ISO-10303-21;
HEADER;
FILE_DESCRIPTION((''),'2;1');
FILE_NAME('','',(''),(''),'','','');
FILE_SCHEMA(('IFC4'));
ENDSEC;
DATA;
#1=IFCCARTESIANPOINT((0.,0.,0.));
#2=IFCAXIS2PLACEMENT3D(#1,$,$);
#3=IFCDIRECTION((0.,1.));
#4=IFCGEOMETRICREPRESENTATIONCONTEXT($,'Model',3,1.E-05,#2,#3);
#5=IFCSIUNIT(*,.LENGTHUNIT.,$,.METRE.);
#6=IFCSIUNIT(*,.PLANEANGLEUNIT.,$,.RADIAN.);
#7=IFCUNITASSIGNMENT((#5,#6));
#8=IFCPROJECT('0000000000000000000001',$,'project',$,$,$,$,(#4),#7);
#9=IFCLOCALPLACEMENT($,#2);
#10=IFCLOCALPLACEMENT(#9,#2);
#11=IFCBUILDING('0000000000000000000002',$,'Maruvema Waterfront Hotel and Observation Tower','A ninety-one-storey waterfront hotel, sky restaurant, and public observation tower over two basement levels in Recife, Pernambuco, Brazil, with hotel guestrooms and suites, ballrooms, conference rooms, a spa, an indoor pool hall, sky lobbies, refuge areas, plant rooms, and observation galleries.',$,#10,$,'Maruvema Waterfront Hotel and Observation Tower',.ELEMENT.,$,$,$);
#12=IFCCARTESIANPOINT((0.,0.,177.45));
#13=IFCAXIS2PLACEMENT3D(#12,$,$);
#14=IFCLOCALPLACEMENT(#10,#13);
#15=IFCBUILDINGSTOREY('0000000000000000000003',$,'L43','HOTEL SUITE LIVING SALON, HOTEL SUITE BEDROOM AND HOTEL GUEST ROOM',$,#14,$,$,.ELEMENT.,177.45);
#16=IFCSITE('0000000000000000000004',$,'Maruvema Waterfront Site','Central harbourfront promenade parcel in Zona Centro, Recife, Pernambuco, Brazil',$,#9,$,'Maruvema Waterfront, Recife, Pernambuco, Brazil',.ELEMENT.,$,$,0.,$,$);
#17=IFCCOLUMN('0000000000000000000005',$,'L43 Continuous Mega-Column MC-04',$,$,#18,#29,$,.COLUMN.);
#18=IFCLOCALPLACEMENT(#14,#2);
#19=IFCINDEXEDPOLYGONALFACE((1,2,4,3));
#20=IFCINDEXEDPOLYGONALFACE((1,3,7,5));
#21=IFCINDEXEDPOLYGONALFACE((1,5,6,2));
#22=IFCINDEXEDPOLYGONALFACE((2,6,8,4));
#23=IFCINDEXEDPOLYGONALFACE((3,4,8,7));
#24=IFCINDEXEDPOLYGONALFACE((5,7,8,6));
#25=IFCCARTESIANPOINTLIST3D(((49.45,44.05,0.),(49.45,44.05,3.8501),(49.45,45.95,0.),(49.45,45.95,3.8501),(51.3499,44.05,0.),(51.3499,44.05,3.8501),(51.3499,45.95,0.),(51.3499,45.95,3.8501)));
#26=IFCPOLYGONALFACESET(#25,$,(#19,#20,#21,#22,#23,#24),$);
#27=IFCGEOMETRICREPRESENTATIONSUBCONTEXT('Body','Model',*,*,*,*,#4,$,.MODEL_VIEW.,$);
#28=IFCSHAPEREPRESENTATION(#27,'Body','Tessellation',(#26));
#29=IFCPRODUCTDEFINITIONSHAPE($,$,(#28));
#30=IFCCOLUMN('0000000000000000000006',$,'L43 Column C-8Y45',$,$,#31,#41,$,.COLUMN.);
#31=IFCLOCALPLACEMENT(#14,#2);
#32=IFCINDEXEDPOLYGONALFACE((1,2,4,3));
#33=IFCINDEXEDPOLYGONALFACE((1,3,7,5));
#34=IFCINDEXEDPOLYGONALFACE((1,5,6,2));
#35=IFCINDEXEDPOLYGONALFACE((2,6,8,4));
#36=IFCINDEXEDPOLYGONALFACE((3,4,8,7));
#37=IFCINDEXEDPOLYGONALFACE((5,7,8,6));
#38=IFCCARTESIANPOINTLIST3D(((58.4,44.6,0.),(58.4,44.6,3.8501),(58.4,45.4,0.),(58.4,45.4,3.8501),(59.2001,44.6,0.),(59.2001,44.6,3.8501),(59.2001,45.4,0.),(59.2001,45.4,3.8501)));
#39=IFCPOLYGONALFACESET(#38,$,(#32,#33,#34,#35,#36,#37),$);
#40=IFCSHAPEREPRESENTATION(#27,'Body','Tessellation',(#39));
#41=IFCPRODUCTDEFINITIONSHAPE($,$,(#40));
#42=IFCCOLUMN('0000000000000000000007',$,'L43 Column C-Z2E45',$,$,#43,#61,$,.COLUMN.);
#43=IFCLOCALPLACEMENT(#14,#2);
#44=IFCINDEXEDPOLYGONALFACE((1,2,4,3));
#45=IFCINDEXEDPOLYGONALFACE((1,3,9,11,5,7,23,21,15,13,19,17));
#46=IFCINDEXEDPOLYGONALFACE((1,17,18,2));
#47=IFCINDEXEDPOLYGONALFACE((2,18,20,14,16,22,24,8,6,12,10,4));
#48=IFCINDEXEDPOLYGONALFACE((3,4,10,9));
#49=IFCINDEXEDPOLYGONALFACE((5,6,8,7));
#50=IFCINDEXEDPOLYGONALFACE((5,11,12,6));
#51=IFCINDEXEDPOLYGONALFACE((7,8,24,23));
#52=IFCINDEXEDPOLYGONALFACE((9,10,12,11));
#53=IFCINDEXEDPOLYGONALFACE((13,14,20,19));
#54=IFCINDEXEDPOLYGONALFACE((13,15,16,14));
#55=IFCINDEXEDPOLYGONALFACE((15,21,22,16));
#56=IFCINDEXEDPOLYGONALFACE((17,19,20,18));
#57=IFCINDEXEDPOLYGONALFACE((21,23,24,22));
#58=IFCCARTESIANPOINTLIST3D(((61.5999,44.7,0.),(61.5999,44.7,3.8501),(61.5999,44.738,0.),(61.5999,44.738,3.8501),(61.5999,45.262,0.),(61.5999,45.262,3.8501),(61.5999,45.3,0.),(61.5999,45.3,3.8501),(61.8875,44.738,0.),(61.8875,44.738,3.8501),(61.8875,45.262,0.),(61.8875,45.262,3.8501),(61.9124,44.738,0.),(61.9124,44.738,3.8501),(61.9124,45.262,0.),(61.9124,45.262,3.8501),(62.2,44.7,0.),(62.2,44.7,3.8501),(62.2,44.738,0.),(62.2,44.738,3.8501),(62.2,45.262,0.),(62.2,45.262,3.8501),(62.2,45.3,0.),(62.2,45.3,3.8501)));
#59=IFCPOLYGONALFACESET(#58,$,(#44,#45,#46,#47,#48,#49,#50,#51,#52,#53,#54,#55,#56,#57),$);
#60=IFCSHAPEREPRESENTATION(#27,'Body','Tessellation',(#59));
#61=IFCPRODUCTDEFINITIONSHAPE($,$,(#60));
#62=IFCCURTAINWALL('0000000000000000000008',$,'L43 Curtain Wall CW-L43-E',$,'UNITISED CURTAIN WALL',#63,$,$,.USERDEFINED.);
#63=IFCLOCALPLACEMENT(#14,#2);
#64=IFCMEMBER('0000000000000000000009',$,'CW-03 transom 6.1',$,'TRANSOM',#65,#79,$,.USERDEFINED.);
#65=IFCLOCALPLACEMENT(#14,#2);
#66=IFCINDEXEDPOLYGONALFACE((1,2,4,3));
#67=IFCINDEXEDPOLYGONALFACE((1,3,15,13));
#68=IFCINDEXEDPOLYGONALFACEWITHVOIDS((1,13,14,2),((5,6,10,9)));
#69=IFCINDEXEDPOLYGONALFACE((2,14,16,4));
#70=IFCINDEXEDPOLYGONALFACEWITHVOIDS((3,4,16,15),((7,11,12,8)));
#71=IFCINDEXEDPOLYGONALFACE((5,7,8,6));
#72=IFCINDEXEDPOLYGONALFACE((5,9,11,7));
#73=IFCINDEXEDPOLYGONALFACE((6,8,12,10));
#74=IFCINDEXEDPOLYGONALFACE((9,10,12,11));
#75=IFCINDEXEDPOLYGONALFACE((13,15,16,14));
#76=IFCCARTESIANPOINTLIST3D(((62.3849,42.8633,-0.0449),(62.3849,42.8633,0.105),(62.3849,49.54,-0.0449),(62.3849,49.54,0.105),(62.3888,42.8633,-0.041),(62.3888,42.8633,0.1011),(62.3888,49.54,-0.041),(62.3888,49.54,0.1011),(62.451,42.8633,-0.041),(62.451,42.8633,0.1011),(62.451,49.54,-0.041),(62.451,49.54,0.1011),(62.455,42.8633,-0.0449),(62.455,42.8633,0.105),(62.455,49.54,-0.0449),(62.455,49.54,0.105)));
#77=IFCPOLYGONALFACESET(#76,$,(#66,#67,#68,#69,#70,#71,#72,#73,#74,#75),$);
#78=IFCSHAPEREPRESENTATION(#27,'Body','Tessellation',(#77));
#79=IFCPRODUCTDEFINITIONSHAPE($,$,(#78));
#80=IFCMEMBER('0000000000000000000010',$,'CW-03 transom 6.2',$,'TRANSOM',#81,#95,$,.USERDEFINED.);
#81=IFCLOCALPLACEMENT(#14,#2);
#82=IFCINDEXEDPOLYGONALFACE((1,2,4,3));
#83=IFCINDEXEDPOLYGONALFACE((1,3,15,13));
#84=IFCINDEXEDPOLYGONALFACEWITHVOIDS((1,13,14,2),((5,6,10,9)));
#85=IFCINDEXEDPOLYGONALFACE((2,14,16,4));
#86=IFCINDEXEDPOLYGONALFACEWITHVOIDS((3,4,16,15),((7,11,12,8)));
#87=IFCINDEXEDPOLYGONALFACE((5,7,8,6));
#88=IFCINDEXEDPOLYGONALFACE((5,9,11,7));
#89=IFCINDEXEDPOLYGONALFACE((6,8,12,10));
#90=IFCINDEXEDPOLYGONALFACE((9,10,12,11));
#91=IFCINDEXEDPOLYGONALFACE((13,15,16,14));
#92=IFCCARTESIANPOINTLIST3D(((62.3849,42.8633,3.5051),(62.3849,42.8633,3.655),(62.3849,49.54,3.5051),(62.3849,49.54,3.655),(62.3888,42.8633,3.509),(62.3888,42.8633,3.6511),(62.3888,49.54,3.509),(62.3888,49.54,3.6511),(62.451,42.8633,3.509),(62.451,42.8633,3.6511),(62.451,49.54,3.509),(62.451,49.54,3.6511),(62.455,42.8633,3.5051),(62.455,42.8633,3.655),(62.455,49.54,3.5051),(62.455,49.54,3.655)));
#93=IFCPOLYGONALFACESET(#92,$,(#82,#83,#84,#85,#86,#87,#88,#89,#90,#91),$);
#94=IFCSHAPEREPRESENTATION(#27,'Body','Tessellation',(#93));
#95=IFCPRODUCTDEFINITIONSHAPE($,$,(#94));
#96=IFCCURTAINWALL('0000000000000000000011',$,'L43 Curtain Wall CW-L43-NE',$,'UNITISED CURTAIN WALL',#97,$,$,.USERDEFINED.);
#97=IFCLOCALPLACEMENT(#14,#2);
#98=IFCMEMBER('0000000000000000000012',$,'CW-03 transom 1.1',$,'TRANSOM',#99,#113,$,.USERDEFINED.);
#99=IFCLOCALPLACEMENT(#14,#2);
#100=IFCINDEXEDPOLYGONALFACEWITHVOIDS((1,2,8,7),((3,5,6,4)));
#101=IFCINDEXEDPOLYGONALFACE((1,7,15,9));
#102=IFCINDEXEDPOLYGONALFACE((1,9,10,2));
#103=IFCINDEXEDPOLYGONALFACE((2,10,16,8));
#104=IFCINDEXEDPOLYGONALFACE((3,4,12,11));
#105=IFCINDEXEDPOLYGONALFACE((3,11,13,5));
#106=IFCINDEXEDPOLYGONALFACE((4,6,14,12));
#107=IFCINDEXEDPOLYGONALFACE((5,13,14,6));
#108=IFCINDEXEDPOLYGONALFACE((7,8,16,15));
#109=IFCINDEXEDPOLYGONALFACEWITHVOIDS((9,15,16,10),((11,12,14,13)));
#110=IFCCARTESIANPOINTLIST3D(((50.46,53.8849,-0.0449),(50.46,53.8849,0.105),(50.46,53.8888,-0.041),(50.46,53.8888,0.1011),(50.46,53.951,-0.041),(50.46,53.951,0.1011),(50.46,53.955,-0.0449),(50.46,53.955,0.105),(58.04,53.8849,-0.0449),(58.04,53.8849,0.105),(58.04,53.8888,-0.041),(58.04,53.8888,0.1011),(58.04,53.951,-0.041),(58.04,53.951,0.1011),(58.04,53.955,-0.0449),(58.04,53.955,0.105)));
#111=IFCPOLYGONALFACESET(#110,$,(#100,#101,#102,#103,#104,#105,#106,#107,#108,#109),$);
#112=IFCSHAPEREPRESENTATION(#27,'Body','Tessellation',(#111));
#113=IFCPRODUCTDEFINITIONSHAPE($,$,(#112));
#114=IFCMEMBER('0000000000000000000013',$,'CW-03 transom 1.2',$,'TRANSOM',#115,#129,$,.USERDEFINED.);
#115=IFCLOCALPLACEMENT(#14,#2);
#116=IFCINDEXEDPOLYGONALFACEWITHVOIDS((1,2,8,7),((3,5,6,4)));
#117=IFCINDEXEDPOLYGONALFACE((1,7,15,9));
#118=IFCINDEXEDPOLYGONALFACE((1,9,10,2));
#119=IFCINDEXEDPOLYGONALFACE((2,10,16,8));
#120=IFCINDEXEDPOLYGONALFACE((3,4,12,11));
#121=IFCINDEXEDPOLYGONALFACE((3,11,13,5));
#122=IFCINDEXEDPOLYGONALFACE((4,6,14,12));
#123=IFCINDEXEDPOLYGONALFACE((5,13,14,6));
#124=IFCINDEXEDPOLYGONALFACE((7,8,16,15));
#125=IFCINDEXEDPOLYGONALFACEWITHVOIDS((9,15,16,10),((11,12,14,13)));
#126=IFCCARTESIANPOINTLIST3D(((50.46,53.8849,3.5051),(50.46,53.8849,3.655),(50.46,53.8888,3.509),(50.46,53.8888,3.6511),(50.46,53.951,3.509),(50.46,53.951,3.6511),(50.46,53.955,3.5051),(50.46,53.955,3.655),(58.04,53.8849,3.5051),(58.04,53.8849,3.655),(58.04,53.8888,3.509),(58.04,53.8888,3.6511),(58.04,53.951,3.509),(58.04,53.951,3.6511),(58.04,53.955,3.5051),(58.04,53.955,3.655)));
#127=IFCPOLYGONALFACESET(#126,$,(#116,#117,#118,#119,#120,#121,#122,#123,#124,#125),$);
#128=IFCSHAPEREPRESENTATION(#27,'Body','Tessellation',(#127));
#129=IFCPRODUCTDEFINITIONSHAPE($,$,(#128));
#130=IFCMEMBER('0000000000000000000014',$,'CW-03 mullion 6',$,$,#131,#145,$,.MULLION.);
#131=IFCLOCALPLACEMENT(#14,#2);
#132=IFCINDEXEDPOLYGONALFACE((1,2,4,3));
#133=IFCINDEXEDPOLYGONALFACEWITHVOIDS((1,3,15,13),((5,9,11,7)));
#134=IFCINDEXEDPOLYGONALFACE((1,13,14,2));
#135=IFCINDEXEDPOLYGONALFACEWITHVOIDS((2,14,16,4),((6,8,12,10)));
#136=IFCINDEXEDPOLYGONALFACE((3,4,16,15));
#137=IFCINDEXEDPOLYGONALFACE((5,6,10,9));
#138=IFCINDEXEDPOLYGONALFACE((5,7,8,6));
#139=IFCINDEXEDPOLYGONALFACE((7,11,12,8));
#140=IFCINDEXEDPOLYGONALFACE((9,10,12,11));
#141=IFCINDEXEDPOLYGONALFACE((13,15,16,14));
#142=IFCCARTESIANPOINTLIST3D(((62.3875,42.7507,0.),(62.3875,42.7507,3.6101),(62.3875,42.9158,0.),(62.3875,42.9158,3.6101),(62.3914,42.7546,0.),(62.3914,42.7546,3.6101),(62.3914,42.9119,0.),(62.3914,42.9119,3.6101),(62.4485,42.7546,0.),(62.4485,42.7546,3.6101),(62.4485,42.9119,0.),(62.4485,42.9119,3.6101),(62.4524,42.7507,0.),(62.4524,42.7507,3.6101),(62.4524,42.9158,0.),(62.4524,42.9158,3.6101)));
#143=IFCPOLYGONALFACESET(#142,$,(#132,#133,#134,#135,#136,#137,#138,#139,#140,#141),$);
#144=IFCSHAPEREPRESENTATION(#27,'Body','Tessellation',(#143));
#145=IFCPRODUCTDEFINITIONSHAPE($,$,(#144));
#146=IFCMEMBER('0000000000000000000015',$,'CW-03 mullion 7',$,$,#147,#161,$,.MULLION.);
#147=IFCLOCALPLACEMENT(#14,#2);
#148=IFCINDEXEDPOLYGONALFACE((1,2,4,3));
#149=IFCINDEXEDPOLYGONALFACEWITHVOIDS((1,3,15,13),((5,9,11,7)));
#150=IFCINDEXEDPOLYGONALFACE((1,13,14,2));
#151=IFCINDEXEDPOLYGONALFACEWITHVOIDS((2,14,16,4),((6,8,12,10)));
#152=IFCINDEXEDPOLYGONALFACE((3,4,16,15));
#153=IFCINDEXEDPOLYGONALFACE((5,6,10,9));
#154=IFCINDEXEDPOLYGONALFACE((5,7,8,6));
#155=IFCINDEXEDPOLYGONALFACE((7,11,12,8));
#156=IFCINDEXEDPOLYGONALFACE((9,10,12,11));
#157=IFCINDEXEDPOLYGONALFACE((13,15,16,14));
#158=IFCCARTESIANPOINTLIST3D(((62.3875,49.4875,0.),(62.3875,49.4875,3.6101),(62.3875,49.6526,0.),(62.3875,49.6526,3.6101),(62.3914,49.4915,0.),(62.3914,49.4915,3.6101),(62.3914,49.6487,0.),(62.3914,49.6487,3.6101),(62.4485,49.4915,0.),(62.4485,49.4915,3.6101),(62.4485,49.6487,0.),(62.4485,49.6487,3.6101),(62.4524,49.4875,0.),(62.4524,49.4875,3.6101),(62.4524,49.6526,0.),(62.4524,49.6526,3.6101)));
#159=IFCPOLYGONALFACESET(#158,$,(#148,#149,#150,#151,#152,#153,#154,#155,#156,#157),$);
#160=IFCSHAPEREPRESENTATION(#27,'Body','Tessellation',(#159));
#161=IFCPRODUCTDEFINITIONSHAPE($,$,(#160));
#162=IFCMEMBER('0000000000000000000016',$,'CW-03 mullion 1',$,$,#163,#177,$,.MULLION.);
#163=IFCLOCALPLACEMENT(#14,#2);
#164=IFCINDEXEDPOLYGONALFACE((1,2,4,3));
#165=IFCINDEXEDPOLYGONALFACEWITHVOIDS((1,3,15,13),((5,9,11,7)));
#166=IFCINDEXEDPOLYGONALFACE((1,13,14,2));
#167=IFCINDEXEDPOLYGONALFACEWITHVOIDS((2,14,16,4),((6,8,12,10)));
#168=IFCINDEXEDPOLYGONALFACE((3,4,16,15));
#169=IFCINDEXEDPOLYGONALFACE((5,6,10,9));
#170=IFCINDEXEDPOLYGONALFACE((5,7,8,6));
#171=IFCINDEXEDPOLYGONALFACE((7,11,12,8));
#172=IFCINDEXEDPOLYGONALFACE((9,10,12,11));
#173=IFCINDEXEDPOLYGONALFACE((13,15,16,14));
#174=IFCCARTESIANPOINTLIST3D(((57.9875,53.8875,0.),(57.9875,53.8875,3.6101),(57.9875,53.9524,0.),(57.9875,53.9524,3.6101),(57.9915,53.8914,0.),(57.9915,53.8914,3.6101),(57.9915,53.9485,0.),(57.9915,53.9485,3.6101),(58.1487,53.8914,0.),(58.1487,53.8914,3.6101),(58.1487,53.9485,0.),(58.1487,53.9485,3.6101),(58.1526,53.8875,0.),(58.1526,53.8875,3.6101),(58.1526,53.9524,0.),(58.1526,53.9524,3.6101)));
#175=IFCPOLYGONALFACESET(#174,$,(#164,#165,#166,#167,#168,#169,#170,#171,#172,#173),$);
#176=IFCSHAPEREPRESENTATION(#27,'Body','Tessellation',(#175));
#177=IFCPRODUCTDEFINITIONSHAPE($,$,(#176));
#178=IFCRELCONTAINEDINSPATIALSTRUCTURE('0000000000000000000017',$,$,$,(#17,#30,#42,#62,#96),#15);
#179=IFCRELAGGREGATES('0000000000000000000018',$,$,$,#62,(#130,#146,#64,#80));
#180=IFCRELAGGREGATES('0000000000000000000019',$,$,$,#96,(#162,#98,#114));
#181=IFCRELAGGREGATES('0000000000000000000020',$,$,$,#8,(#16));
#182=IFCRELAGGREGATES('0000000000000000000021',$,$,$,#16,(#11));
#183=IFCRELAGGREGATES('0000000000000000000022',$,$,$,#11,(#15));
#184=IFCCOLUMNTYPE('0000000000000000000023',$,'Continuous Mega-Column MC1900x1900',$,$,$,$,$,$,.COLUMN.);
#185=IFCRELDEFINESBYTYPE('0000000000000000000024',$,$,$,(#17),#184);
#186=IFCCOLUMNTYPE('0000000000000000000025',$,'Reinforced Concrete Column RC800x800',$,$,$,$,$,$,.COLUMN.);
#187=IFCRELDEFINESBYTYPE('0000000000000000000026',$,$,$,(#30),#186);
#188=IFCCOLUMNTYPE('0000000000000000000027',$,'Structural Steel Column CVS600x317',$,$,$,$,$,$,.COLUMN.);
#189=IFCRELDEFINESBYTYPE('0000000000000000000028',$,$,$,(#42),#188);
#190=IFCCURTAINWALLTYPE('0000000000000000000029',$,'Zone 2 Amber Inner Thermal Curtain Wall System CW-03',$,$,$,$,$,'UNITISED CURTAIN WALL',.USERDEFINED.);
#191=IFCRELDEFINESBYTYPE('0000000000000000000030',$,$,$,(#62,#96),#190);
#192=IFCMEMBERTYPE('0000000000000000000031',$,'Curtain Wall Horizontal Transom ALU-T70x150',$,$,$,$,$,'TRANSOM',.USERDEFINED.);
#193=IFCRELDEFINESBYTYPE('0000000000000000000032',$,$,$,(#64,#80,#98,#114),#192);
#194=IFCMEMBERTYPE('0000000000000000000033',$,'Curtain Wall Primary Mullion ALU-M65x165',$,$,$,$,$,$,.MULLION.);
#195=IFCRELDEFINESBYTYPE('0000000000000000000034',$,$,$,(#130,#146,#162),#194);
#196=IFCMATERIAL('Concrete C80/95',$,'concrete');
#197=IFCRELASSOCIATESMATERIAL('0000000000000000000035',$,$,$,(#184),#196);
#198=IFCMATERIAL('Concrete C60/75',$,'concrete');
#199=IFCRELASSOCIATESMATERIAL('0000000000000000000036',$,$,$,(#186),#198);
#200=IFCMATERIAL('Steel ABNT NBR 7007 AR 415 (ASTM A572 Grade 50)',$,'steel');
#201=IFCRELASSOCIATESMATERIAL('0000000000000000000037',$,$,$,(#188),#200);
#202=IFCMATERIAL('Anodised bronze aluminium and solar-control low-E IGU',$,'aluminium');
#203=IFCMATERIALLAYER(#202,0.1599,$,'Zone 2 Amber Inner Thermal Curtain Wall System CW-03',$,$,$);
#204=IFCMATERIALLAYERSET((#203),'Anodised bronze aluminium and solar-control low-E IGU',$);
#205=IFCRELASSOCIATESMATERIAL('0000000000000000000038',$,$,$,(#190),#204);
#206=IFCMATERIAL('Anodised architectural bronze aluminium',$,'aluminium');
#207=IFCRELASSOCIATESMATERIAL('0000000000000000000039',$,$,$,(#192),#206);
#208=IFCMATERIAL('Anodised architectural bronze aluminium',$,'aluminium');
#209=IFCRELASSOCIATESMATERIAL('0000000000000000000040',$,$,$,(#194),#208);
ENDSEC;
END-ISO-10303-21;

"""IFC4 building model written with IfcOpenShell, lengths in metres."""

from ifc_helpers import new_model, si_unit, direction, frame, origin, origin_2d, place, context, subcontext, project, spatial, rectangle, hollow_rectangle, i_section, extrude, material, layer, layer_set, material_profile, profile_set, type_object, element, aggregate, save


model = new_model("IFC4")

# Units and contexts
model_context = context("Model", 3, precision=1e-05, world=origin(), true_north=direction((0.0, 1.0)))
body_context = subcontext(model_context, "Body", "Model", "MODEL_VIEW")
ifc_project = project(units=[si_unit("LENGTHUNIT", "METRE"), si_unit("PLANEANGLEUNIT", "RADIAN")], contexts=[model_context])

# Site, building, storey
site_placement = place(None, origin())
site = spatial("IfcSite", under=ifc_project, at=site_placement, Name="Maruvema Waterfront Site", Description="Central harbourfront promenade parcel in Zona Centro, Recife, Pernambuco, Brazil", LongName="Maruvema Waterfront, Recife, Pernambuco, Brazil", CompositionType="ELEMENT", RefElevation=0.0)
building_placement = place(site_placement, origin())
building = spatial("IfcBuilding", under=site, at=building_placement, Name="Maruvema Waterfront Hotel and Observation Tower", Description="A ninety-one-storey waterfront hotel, sky restaurant, and public observation tower over two basement levels in Recife, Pernambuco, Brazil, with hotel guestrooms and suites, ballrooms, conference rooms, a spa, an indoor pool hall, sky lobbies, refuge areas, plant rooms, and observation galleries.", LongName="Maruvema Waterfront Hotel and Observation Tower", CompositionType="ELEMENT")
storey_placement = place(building_placement, frame((0.0, 0.0, 177.45)))
storey = spatial("IfcBuildingStorey", under=building, at=storey_placement, Name="L43", Description="HOTEL SUITE LIVING SALON, HOTEL SUITE BEDROOM AND HOTEL GUEST ROOM", CompositionType="ELEMENT", Elevation=177.45)

# Columns
ifc_material_1 = material(Name="Concrete C80/95", Category="concrete")
ifc_material_profile_1 = material_profile(ifc_material_1, rectangle(XDim=1.8999, YDim=1.8999, at=origin_2d()), Name="MC1900x1900")
ifc_profile_set_1 = profile_set([ifc_material_profile_1], Name="Concrete C80/95")
column_type_1 = type_object("IfcColumnType", Name="Continuous Mega-Column MC1900x1900", PredefinedType="COLUMN", material=ifc_profile_set_1)
column_1_placement = place(storey_placement, frame((50.3999, 45.0, 0.0), z_axis=(0.0, 0.0, 1.0), x_axis=(1.0, 0.0, 0.0)))
element("IfcColumn", 1, at=column_1_placement, inside=storey, type_object=column_type_1, Name="L43 Continuous Mega-Column MC-04", PredefinedType="COLUMN", context=body_context, shape_type="SweptSolid", body=[
    extrude(rectangle(XDim=1.8999, YDim=1.8999, at=origin_2d()), origin(), (0.0, 0.0, 1.0), 3.8501),
])
ifc_material_2 = material(Name="Concrete C60/75", Category="concrete")
ifc_material_profile_2 = material_profile(ifc_material_2, rectangle(XDim=0.8, YDim=0.8, at=origin_2d()), Name="RC800x800")
ifc_profile_set_2 = profile_set([ifc_material_profile_2], Name="Concrete C60/75")
column_type_2 = type_object("IfcColumnType", Name="Reinforced Concrete Column RC800x800", PredefinedType="COLUMN", material=ifc_profile_set_2)
column_2_placement = place(storey_placement, frame((58.8, 45.0, 0.0), z_axis=(0.0, 0.0, 1.0), x_axis=(1.0, 0.0, 0.0)))
element("IfcColumn", 2, at=column_2_placement, inside=storey, type_object=column_type_2, Name="L43 Column C-8Y45", PredefinedType="COLUMN", context=body_context, shape_type="SweptSolid", body=[
    extrude(rectangle(XDim=0.8, YDim=0.8, at=origin_2d()), origin(), (0.0, 0.0, 1.0), 3.8501),
])
ifc_material_3 = material(Name="Steel ABNT NBR 7007 AR 415 (ASTM A572 Grade 50)", Category="steel")
ifc_material_profile_3 = material_profile(ifc_material_3, i_section(OverallWidth=0.6001, OverallDepth=0.6001, WebThickness=0.0249, FlangeThickness=0.0381, at=origin_2d()), Name="CVS600x317")
ifc_profile_set_3 = profile_set([ifc_material_profile_3], Name="Steel ABNT NBR 7007 AR 415 (ASTM A572 Grade 50)")
column_type_3 = type_object("IfcColumnType", Name="Structural Steel Column CVS600x317", PredefinedType="COLUMN", material=ifc_profile_set_3)
column_3_placement = place(storey_placement, frame((61.8999, 45.0, 0.0), z_axis=(0.0, 0.0, 1.0), x_axis=(1.0, 0.0, 0.0)))
element("IfcColumn", 3, at=column_3_placement, inside=storey, type_object=column_type_3, Name="L43 Column C-Z2E45", PredefinedType="COLUMN", context=body_context, shape_type="SweptSolid", body=[
    extrude(i_section(OverallWidth=0.6001, OverallDepth=0.6001, WebThickness=0.0249, FlangeThickness=0.0381, at=origin_2d()), origin(), (0.0, 0.0, 1.0), 3.8501),
])

# Curtain walls, members
ifc_material_4 = material(Name="Anodised bronze aluminium and solar-control low-E IGU", Category="aluminium")
ifc_layer_1 = layer(ifc_material_4, 0.1599, Name="Zone 2 Amber Inner Thermal Curtain Wall System CW-03")
ifc_layer_set_1 = layer_set([ifc_layer_1], Name="Anodised bronze aluminium and solar-control low-E IGU")
curtain_wall_type = type_object("IfcCurtainWallType", Name="Zone 2 Amber Inner Thermal Curtain Wall System CW-03", ElementType="UNITISED CURTAIN WALL", PredefinedType="USERDEFINED", material=ifc_layer_set_1)
curtain_wall_1_placement = place(storey_placement, origin())
curtain_wall_1 = element("IfcCurtainWall", 4, at=curtain_wall_1_placement, inside=storey, type_object=curtain_wall_type, Name="L43 Curtain Wall CW-L43-E", ObjectType="UNITISED CURTAIN WALL", PredefinedType="USERDEFINED")
ifc_material_5 = material(Name="Anodised architectural bronze aluminium", Category="aluminium")
ifc_material_profile_4 = material_profile(ifc_material_5, hollow_rectangle(XDim=0.0701, YDim=0.1499, WallThickness=0.0039, at=origin_2d()), Name="ALU-T70x150")
ifc_profile_set_4 = profile_set([ifc_material_profile_4], Name="Anodised architectural bronze aluminium")
member_type_1 = type_object("IfcMemberType", Name="Curtain Wall Horizontal Transom ALU-T70x150", ElementType="TRANSOM", PredefinedType="USERDEFINED", material=ifc_profile_set_4)
member_1_placement = place(storey_placement, frame((62.4199, 42.8633, 0.03), z_axis=(0.0, 1.0, 0.0), x_axis=(-1.0, 0.0, 0.0)))
member_1 = element("IfcMember", 5, at=member_1_placement, type_object=member_type_1, Name="CW-03 transom 6.1", ObjectType="TRANSOM", PredefinedType="USERDEFINED", context=body_context, shape_type="SweptSolid", body=[
    extrude(hollow_rectangle(XDim=0.0701, YDim=0.1499, WallThickness=0.0039, at=origin_2d()), origin(), (0.0, 0.0, 1.0), 6.6768),
])
member_2_placement = place(storey_placement, frame((62.4199, 42.8633, 3.5801), z_axis=(0.0, 1.0, 0.0), x_axis=(-1.0, 0.0, 0.0)))
member_2 = element("IfcMember", 6, at=member_2_placement, type_object=member_type_1, Name="CW-03 transom 6.2", ObjectType="TRANSOM", PredefinedType="USERDEFINED", context=body_context, shape_type="SweptSolid", body=[
    extrude(hollow_rectangle(XDim=0.0701, YDim=0.1499, WallThickness=0.0039, at=origin_2d()), origin(), (0.0, 0.0, 1.0), 6.6768),
])
curtain_wall_2_placement = place(storey_placement, origin())
curtain_wall_2 = element("IfcCurtainWall", 7, at=curtain_wall_2_placement, inside=storey, type_object=curtain_wall_type, Name="L43 Curtain Wall CW-L43-NE", ObjectType="UNITISED CURTAIN WALL", PredefinedType="USERDEFINED")
member_3_placement = place(storey_placement, frame((58.04, 53.9199, 0.03), z_axis=(-1.0, 0.0, 0.0), x_axis=(0.0, -1.0, 0.0)))
member_3 = element("IfcMember", 8, at=member_3_placement, type_object=member_type_1, Name="CW-03 transom 1.1", ObjectType="TRANSOM", PredefinedType="USERDEFINED", context=body_context, shape_type="SweptSolid", body=[
    extrude(hollow_rectangle(XDim=0.0701, YDim=0.1499, WallThickness=0.0039, at=origin_2d()), origin(), (0.0, 0.0, 1.0), 7.5801),
])
member_4_placement = place(storey_placement, frame((58.04, 53.9199, 3.5801), z_axis=(-1.0, 0.0, 0.0), x_axis=(0.0, -1.0, 0.0)))
member_4 = element("IfcMember", 9, at=member_4_placement, type_object=member_type_1, Name="CW-03 transom 1.2", ObjectType="TRANSOM", PredefinedType="USERDEFINED", context=body_context, shape_type="SweptSolid", body=[
    extrude(hollow_rectangle(XDim=0.0701, YDim=0.1499, WallThickness=0.0039, at=origin_2d()), origin(), (0.0, 0.0, 1.0), 7.5801),
])

# Members
ifc_material_6 = material(Name="Anodised architectural bronze aluminium", Category="aluminium")
ifc_material_profile_5 = material_profile(ifc_material_6, hollow_rectangle(XDim=0.0649, YDim=0.165, WallThickness=0.0039, at=origin_2d()), Name="ALU-M65x165")
ifc_profile_set_5 = profile_set([ifc_material_profile_5], Name="Anodised architectural bronze aluminium")
member_type_2 = type_object("IfcMemberType", Name="Curtain Wall Primary Mullion ALU-M65x165", PredefinedType="MULLION", material=ifc_profile_set_5)
member_5_placement = place(storey_placement, frame((62.4199, 42.8333, 0.0), z_axis=(0.0, 0.0, 1.0), x_axis=(-1.0, 0.0, 0.0)))
member_5 = element("IfcMember", 10, at=member_5_placement, type_object=member_type_2, Name="CW-03 mullion 6", PredefinedType="MULLION", context=body_context, shape_type="SweptSolid", body=[
    extrude(hollow_rectangle(XDim=0.0649, YDim=0.165, WallThickness=0.0039, at=origin_2d()), origin(), (0.0, 0.0, 1.0), 3.6101),
])
member_6_placement = place(storey_placement, frame((62.4199, 49.5701, 0.0), z_axis=(0.0, 0.0, 1.0), x_axis=(-1.0, 0.0, 0.0)))
member_6 = element("IfcMember", 11, at=member_6_placement, type_object=member_type_2, Name="CW-03 mullion 7", PredefinedType="MULLION", context=body_context, shape_type="SweptSolid", body=[
    extrude(hollow_rectangle(XDim=0.0649, YDim=0.165, WallThickness=0.0039, at=origin_2d()), origin(), (0.0, 0.0, 1.0), 3.6101),
])
member_7_placement = place(storey_placement, frame((58.0701, 53.9199, 0.0), z_axis=(0.0, 0.0, 1.0), x_axis=(0.0, -1.0, 0.0)))
member_7 = element("IfcMember", 12, at=member_7_placement, type_object=member_type_2, Name="CW-03 mullion 1", PredefinedType="MULLION", context=body_context, shape_type="SweptSolid", body=[
    extrude(hollow_rectangle(XDim=0.0649, YDim=0.165, WallThickness=0.0039, at=origin_2d()), origin(), (0.0, 0.0, 1.0), 3.6101),
])

aggregate(curtain_wall_1, [member_5, member_6, member_1, member_2])
aggregate(curtain_wall_2, [member_7, member_3, member_4])

save(model, "model.ifc")
